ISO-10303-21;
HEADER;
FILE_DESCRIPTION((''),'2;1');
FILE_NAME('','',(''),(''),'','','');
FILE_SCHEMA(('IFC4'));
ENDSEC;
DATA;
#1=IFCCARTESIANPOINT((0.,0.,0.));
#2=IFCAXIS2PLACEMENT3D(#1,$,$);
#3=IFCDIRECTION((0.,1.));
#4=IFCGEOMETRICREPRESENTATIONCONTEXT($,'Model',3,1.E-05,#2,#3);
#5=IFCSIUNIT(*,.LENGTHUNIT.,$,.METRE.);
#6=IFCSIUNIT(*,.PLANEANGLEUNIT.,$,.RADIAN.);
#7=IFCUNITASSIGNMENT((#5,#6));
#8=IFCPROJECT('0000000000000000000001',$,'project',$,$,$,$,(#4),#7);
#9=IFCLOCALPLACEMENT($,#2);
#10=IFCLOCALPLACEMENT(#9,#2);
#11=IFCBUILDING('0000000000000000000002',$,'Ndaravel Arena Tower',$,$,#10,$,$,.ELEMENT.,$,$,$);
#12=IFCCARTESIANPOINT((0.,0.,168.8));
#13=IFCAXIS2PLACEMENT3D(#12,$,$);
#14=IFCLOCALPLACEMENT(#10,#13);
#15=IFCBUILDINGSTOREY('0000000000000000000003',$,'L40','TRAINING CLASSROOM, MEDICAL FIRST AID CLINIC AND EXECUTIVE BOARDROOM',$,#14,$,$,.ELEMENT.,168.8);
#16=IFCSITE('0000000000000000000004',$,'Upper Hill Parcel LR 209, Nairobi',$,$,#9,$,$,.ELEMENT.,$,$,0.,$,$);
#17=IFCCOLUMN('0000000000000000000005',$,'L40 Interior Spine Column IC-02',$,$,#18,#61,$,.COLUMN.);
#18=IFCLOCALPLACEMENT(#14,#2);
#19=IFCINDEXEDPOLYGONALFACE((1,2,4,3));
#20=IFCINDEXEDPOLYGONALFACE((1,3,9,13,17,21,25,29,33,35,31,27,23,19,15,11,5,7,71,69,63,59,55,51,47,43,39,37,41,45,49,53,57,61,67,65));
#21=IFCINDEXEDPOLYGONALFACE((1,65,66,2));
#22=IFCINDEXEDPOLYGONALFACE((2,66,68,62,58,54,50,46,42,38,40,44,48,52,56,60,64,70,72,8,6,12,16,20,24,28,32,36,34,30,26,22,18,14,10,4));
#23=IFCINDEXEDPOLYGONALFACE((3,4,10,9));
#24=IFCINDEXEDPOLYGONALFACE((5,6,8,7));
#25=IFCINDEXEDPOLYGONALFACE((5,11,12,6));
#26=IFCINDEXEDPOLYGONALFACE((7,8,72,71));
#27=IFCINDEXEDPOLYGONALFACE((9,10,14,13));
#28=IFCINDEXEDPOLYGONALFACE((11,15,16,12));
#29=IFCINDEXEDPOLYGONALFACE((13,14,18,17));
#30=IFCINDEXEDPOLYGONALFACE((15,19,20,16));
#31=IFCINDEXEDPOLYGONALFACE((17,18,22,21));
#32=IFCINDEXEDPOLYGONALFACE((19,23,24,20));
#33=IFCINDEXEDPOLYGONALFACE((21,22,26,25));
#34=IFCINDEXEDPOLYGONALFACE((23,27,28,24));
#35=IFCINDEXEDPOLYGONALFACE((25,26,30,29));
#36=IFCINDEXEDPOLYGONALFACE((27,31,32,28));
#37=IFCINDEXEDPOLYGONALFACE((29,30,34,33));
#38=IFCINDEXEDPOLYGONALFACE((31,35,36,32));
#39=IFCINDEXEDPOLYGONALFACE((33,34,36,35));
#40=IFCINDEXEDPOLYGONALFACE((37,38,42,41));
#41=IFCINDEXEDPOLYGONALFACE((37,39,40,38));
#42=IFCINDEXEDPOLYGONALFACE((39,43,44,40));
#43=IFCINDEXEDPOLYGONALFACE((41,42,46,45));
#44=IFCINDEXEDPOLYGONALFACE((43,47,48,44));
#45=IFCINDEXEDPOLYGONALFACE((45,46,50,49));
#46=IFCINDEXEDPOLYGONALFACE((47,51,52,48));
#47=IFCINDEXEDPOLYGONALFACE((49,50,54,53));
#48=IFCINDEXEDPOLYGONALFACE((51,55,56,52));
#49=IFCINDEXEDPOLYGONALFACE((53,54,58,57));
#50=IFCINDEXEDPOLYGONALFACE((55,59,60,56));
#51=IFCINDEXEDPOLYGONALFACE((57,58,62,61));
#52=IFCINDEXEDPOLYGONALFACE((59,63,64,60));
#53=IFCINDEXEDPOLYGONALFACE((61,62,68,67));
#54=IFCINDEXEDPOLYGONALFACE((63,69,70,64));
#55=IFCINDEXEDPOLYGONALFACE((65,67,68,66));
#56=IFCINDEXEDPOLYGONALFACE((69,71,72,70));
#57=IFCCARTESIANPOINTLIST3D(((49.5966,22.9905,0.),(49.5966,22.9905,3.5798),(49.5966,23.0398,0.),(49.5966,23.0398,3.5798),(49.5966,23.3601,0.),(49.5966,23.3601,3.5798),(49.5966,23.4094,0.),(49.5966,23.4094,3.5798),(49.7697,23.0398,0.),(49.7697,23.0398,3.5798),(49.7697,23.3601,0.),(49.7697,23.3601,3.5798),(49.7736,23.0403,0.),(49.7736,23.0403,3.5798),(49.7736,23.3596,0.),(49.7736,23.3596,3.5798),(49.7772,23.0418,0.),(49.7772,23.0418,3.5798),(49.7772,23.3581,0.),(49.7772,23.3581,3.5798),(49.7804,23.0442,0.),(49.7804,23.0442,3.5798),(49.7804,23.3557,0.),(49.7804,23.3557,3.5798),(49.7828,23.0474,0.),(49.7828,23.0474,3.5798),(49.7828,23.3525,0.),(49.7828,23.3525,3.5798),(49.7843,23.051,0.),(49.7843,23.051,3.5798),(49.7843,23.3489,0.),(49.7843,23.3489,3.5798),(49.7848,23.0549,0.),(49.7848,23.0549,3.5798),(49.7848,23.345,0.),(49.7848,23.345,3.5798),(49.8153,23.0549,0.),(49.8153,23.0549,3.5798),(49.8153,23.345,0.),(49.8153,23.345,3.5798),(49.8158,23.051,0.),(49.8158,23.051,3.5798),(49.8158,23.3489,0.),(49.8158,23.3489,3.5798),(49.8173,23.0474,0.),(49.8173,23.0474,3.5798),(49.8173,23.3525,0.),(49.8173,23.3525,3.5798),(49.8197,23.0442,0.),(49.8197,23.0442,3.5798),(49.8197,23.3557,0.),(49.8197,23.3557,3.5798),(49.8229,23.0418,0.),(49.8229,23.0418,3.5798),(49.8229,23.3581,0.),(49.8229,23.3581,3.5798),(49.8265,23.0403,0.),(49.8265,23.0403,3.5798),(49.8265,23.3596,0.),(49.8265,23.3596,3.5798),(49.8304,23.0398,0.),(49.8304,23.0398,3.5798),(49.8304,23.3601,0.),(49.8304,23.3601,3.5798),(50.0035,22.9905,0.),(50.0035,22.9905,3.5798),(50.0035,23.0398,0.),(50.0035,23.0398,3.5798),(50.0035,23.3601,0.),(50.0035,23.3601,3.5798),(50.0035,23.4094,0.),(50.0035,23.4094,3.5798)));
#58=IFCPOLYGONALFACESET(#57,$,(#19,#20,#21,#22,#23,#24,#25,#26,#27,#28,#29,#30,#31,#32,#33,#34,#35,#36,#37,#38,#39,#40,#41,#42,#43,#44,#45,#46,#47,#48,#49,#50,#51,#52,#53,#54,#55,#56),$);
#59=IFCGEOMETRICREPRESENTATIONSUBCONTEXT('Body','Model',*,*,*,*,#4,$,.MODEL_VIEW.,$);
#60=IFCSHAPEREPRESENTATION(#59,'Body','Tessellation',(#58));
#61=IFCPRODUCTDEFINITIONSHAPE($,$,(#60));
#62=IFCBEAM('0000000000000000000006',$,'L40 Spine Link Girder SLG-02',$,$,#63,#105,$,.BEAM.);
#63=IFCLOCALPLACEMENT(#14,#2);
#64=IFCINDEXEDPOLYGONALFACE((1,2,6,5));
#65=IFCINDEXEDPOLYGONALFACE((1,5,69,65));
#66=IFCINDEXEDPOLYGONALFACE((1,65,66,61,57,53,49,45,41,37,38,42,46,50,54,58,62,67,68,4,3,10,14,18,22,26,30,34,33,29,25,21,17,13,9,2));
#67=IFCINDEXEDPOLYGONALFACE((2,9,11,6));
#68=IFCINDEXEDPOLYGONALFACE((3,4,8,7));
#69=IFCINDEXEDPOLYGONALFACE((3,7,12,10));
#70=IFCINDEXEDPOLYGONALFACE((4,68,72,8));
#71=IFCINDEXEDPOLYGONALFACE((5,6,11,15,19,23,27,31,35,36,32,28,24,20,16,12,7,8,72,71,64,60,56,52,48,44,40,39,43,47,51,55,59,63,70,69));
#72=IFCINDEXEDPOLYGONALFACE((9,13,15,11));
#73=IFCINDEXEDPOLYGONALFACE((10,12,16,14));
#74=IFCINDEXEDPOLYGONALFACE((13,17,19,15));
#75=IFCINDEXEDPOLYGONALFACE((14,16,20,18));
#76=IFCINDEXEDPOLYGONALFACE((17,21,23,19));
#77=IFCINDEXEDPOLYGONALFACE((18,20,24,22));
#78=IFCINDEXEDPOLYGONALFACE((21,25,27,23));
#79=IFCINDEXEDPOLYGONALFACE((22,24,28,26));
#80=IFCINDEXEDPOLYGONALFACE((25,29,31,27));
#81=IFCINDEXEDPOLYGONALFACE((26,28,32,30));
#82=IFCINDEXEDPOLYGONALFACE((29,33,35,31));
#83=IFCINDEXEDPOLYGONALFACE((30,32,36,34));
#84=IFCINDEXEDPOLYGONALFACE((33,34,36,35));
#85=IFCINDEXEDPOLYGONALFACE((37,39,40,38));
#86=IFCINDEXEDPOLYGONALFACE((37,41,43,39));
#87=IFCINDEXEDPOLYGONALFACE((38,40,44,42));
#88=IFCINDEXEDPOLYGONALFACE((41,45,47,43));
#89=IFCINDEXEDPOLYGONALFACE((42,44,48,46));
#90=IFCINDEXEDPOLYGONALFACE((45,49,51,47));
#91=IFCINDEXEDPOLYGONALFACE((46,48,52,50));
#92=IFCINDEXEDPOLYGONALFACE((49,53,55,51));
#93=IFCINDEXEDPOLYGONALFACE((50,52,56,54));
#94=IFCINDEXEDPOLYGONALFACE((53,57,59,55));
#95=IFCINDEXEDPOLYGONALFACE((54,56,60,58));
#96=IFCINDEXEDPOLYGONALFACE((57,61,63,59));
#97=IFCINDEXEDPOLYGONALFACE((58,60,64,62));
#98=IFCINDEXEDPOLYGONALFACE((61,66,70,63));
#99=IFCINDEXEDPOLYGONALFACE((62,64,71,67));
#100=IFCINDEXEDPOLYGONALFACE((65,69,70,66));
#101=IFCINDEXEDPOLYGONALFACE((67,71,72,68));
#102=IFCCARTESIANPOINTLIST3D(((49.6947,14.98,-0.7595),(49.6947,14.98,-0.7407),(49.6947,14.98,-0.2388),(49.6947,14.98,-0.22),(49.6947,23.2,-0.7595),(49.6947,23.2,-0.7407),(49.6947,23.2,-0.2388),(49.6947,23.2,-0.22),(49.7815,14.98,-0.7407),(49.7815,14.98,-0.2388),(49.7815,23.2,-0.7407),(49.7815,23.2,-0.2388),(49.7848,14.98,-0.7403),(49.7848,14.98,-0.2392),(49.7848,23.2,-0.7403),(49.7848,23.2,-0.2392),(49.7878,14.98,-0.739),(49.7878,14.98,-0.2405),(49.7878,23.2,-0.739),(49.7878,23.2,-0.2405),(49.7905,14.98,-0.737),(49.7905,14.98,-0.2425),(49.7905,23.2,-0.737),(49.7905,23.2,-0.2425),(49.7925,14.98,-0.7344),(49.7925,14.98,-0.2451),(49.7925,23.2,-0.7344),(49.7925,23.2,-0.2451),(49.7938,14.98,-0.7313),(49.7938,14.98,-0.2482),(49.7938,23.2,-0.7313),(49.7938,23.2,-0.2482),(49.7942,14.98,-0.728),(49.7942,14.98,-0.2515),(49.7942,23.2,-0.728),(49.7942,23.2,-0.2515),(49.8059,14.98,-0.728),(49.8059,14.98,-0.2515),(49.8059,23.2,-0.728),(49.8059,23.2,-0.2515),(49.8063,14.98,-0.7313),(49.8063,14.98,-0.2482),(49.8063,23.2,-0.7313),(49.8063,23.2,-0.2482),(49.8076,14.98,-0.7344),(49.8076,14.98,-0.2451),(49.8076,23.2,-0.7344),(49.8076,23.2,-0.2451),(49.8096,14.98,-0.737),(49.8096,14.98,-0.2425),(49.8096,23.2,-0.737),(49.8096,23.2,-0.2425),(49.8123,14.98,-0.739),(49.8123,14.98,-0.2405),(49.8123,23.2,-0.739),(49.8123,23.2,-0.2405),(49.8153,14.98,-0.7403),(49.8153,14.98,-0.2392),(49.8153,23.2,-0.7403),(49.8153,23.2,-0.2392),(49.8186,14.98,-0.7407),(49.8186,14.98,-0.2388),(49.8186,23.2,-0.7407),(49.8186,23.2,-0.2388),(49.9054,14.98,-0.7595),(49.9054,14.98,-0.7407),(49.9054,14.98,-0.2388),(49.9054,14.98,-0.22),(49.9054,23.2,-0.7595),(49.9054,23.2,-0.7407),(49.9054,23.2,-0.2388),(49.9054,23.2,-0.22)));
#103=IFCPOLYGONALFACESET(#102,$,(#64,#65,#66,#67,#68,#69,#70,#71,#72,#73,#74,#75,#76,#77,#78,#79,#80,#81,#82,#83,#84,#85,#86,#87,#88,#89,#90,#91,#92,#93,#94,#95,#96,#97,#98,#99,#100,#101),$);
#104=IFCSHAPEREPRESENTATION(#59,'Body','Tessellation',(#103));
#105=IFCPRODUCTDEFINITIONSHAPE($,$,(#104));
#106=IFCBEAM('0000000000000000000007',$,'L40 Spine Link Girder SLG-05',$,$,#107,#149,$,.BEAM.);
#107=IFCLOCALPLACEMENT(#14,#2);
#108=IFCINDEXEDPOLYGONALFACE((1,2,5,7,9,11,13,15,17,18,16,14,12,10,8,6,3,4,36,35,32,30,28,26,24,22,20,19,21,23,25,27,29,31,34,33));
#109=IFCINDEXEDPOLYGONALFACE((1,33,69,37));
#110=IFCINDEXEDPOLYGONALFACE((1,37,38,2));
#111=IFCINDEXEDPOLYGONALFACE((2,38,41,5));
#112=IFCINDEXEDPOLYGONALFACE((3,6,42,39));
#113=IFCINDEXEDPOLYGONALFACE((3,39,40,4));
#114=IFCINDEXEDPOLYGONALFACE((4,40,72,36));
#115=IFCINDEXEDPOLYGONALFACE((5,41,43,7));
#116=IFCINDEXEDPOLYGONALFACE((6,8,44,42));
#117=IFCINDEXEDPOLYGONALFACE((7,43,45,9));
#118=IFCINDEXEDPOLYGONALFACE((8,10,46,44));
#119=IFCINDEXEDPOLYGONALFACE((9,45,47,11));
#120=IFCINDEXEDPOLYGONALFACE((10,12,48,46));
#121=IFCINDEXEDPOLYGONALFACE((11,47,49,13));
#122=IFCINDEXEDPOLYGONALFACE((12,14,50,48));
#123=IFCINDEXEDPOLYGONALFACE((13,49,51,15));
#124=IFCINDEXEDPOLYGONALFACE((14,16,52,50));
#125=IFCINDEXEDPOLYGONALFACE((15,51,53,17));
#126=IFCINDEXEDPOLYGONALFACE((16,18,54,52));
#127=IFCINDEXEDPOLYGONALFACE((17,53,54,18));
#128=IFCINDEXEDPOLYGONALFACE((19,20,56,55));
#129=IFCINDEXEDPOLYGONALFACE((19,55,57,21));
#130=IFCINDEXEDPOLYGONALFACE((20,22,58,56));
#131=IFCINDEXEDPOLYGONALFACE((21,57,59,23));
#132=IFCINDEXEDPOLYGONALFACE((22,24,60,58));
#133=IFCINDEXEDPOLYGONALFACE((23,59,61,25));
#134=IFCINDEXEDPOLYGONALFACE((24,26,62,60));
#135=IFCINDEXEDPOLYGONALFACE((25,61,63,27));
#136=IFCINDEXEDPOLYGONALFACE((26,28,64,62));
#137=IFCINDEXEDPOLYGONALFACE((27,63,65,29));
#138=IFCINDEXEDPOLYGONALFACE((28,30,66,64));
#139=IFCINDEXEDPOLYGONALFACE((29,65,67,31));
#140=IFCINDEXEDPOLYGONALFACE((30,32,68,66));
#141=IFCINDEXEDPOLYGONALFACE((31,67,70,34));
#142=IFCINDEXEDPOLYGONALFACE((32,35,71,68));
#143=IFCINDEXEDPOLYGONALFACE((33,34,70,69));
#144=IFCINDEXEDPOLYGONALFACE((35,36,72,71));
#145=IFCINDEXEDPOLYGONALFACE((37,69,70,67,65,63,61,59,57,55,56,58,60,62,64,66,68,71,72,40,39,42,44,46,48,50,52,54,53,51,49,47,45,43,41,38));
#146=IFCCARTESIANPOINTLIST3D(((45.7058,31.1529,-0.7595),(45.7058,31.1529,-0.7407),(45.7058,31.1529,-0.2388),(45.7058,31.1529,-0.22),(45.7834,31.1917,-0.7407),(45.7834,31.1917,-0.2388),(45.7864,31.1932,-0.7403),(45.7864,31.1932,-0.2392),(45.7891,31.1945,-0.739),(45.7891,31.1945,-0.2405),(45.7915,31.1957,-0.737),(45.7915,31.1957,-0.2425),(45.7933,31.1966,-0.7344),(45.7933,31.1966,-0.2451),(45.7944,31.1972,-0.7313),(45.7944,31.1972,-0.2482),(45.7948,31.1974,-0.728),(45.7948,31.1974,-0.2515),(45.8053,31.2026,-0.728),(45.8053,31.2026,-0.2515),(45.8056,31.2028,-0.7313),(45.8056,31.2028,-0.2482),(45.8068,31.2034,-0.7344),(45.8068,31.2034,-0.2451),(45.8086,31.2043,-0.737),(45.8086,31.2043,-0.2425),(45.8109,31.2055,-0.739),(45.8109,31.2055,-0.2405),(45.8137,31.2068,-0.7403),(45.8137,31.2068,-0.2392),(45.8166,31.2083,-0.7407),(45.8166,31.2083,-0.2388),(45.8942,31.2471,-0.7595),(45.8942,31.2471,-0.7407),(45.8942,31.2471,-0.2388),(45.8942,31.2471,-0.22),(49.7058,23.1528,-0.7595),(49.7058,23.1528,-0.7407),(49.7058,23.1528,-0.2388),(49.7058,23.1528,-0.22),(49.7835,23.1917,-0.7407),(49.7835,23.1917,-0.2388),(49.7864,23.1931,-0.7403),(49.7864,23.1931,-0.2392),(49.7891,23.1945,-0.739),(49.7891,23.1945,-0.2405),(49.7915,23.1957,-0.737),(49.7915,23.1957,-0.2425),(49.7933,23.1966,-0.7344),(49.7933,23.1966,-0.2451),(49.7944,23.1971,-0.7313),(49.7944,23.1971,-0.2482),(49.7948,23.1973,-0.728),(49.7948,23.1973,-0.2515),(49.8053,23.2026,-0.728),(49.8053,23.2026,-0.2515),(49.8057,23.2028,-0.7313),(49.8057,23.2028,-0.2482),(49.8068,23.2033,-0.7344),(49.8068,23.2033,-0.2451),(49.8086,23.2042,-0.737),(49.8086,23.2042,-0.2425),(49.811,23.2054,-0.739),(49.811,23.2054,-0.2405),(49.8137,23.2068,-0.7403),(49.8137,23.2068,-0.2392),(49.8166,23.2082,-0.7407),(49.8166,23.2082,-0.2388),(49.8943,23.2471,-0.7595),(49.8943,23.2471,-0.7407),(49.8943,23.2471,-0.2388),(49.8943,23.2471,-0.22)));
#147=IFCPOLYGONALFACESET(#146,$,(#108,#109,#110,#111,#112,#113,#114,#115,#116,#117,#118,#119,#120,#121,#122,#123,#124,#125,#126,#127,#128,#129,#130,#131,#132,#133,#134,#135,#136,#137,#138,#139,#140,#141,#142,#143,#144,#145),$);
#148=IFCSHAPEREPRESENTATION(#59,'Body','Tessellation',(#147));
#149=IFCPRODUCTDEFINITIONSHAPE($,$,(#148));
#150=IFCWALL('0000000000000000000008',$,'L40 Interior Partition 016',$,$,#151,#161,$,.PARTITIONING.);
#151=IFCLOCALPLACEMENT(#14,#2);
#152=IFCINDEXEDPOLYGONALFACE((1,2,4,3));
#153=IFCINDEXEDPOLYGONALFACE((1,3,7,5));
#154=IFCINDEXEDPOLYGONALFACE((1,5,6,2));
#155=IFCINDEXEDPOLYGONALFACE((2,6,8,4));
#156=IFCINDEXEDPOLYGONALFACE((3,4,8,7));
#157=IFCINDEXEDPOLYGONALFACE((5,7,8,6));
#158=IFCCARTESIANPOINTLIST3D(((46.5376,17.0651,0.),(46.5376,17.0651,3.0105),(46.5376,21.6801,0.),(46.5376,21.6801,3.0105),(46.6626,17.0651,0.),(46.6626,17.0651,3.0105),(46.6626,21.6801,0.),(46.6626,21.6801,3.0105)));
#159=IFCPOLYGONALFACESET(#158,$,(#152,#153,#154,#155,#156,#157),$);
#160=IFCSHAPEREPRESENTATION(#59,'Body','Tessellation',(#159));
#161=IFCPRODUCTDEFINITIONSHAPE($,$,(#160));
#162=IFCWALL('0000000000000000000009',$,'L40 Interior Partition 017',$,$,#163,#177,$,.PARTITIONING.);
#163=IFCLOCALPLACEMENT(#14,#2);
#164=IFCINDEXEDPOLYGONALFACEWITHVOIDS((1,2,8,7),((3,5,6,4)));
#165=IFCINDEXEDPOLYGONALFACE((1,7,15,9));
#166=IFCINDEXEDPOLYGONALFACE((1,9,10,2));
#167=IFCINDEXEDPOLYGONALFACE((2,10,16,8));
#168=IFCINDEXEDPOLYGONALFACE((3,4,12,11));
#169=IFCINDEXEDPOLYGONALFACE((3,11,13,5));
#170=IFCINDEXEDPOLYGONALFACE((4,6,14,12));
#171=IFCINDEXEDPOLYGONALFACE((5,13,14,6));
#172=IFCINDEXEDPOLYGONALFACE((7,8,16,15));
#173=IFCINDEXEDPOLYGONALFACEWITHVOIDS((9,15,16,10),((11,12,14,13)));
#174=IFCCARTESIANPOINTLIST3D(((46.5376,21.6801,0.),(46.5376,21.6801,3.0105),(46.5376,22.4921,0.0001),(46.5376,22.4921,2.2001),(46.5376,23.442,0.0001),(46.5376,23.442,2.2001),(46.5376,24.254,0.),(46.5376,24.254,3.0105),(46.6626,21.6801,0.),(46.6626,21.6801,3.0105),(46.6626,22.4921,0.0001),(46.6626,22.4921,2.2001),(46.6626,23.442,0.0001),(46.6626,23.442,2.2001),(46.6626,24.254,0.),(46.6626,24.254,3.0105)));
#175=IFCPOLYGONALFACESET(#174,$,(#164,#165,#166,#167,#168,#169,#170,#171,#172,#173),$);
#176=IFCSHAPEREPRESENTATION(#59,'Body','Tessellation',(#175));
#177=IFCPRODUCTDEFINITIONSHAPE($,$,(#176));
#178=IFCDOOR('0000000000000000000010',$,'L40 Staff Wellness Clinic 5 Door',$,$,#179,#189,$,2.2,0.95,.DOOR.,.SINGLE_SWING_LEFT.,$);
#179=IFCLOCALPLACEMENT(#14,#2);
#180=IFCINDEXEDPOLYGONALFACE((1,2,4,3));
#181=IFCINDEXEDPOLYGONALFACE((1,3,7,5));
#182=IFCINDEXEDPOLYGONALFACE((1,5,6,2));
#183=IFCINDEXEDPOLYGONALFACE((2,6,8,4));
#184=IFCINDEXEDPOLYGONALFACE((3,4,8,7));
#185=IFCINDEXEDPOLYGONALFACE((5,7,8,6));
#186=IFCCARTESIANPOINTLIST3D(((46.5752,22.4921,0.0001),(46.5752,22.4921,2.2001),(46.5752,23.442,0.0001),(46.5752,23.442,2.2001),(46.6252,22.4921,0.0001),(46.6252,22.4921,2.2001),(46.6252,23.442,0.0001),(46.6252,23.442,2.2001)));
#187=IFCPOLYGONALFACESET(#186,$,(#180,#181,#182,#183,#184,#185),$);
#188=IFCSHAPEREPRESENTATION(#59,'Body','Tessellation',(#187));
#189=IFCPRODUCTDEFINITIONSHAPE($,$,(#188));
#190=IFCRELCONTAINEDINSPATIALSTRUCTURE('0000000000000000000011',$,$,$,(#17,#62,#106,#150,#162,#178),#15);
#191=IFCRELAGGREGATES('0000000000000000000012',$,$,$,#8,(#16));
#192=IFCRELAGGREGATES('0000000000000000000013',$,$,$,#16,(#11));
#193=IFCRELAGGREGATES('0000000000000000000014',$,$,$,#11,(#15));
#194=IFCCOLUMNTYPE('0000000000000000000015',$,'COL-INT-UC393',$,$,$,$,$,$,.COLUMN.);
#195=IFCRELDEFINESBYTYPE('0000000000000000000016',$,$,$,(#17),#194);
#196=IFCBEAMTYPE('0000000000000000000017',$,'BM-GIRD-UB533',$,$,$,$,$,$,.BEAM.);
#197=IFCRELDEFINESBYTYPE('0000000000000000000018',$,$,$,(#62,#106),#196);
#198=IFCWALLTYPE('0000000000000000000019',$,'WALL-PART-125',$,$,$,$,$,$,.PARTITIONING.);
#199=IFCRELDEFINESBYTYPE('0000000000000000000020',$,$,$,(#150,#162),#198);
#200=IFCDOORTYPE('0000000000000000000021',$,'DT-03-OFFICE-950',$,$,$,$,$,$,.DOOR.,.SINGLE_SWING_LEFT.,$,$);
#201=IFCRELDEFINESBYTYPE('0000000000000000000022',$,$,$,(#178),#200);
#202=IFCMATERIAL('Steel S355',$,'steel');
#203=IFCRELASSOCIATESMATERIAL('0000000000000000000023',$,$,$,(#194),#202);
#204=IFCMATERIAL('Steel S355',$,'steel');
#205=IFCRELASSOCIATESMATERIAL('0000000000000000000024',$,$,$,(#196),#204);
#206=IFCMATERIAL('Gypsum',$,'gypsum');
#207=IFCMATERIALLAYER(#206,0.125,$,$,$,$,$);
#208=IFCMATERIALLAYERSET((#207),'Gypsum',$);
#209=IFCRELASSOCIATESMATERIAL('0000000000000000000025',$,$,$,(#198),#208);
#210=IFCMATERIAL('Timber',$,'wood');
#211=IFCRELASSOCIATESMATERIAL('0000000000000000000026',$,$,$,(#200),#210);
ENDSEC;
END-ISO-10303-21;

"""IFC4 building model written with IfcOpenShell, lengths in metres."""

from ifc_helpers import new_model, si_unit, direction, frame, frame_2d, origin, origin_2d, place, context, subcontext, project, spatial, rectangle, i_section, extrude, material, layer, layer_set, material_profile, profile_set, type_object, element, fill, save


model = new_model("IFC4")

# Units and contexts
model_context = context("Model", 3, precision=1e-05, world=origin(), true_north=direction((0.0, 1.0)))
body_context = subcontext(model_context, "Body", "Model", "MODEL_VIEW")
ifc_project = project(units=[si_unit("LENGTHUNIT", "METRE"), si_unit("PLANEANGLEUNIT", "RADIAN")], contexts=[model_context])

# Site, building, storey
site_placement = place(None, origin())
site = spatial("IfcSite", under=ifc_project, at=site_placement, Name="Upper Hill Parcel LR 209, Nairobi", CompositionType="ELEMENT", RefElevation=0.0)
building_placement = place(site_placement, origin())
building = spatial("IfcBuilding", under=site, at=building_placement, Name="Ndaravel Arena Tower", CompositionType="ELEMENT")
storey_placement = place(building_placement, frame((0.0, 0.0, 168.8)))
storey = spatial("IfcBuildingStorey", under=building, at=storey_placement, Name="L40", Description="TRAINING CLASSROOM, MEDICAL FIRST AID CLINIC AND EXECUTIVE BOARDROOM", CompositionType="ELEMENT", Elevation=168.8)

# Column
ifc_material_1 = material(Name="Steel S355", Category="steel")
ifc_material_profile_1 = material_profile(ifc_material_1, i_section(OverallWidth=0.407, OverallDepth=0.4189, WebThickness=0.0305, FlangeThickness=0.0493, FilletRadius=0.0151, at=origin_2d()), Name="UC 356x406x393")
ifc_profile_set_1 = profile_set([ifc_material_profile_1], Name="Steel S355")
column_type = type_object("IfcColumnType", Name="COL-INT-UC393", PredefinedType="COLUMN", material=ifc_profile_set_1)
column_placement = place(storey_placement, frame((49.8, 23.2, 0.0), z_axis=(0.0, 0.0, 1.0), x_axis=(1.0, 0.0, 0.0)))
element("IfcColumn", 1, at=column_placement, inside=storey, type_object=column_type, Name="L40 Interior Spine Column IC-02", PredefinedType="COLUMN", context=body_context, shape_type="SweptSolid", body=[
    extrude(i_section(OverallWidth=0.407, OverallDepth=0.4189, WebThickness=0.0305, FlangeThickness=0.0493, FilletRadius=0.0151, at=origin_2d()), origin(), (0.0, 0.0, 1.0), 3.5798),
])

# Beams
ifc_material_2 = material(Name="Steel S355", Category="steel")
ifc_material_profile_2 = material_profile(ifc_material_2, i_section(OverallWidth=0.2107, OverallDepth=0.5396, WebThickness=0.0117, FlangeThickness=0.0188, FilletRadius=0.0127, at=origin_2d()), Name="UB 533x210x109")
ifc_profile_set_2 = profile_set([ifc_material_profile_2], Name="Steel S355")
beam_type = type_object("IfcBeamType", Name="BM-GIRD-UB533", PredefinedType="BEAM", material=ifc_profile_set_2)
beam_1_placement = place(storey_placement, frame((49.8, 14.98, -0.4897), z_axis=(0.0, 1.0, 0.0), x_axis=(-1.0, 0.0, 0.0)))
element("IfcBeam", 2, at=beam_1_placement, inside=storey, type_object=beam_type, Name="L40 Spine Link Girder SLG-02", PredefinedType="BEAM", context=body_context, shape_type="SweptSolid", body=[
    extrude(i_section(OverallWidth=0.2107, OverallDepth=0.5396, WebThickness=0.0117, FlangeThickness=0.0188, FilletRadius=0.0127, at=origin_2d()), origin(), (0.0, 0.0, 1.0), 8.22),
])
beam_2_placement = place(storey_placement, frame((49.8, 23.2, -0.4897), z_axis=(-0.447214, 0.894427, 0.0), x_axis=(-0.894427, -0.447214, 0.0)))
element("IfcBeam", 3, at=beam_2_placement, inside=storey, type_object=beam_type, Name="L40 Spine Link Girder SLG-05", PredefinedType="BEAM", context=body_context, shape_type="SweptSolid", body=[
    extrude(i_section(OverallWidth=0.2107, OverallDepth=0.5396, WebThickness=0.0117, FlangeThickness=0.0188, FilletRadius=0.0127, at=origin_2d()), origin(), (0.0, 0.0, 1.0), 8.9443),
])

# Wall
ifc_material_3 = material(Name="Gypsum", Category="gypsum")
ifc_layer_1 = layer(ifc_material_3, 0.125)
ifc_layer_set_1 = layer_set([ifc_layer_1], Name="Gypsum")
wall_type_1 = type_object("IfcWallType", Name="WALL-PART-125", PredefinedType="PARTITIONING", material=ifc_layer_set_1)
wall_1_placement = place(storey_placement, frame((46.6001, 17.0649, 0.0), z_axis=(0.0, 0.0, 1.0), x_axis=(0.0, 1.0, 0.0)))
element("IfcWall", 4, at=wall_1_placement, inside=storey, type_object=wall_type_1, Name="L40 Interior Partition 016", PredefinedType="PARTITIONING", context=body_context, shape_type="SweptSolid", body=[
    extrude(rectangle(XDim=4.615, YDim=0.125, at=frame_2d((2.3076, 0.0))), origin(), (0.0, 0.0, 1.0), 3.0105),
])

# Wall, opening, door
wall_2_placement = place(storey_placement, frame((46.6001, 21.6799, 0.0), z_axis=(0.0, 0.0, 1.0), x_axis=(0.0, 1.0, 0.0)))
wall_2 = element("IfcWall", 5, at=wall_2_placement, inside=storey, type_object=wall_type_1, Name="L40 Interior Partition 017", PredefinedType="PARTITIONING", context=body_context, shape_type="SweptSolid", body=[
    extrude(rectangle(XDim=2.574, YDim=0.125, at=frame_2d((1.2871, 0.0))), origin(), (0.0, 0.0, 1.0), 3.0105),
])
opening_1_placement = place(wall_2_placement, frame((0.812, 0.0, 0.0)))
opening_1 = element("IfcOpeningElement", 6, at=opening_1_placement, cuts=wall_2, PredefinedType="OPENING", context=body_context, shape_type="SweptSolid", body=[
    extrude(rectangle(XDim=0.95, YDim=2.2, at=frame_2d((0.4751, 1.1001))), frame((0.0, 0.0625, 0.0), z_axis=(0.0, -1.0, 0.0), x_axis=(1.0, 0.0, 0.0)), (0.0, 0.0, 1.0), 0.125),
])
ifc_material_4 = material(Name="Timber", Category="wood")
door_type = type_object("IfcDoorType", Name="DT-03-OFFICE-950", OperationType="SINGLE_SWING_LEFT", PredefinedType="DOOR", material=ifc_material_4)
door_1_placement = place(opening_1_placement, origin())
door_1 = element("IfcDoor", 7, at=door_1_placement, inside=storey, type_object=door_type, Name="L40 Staff Wellness Clinic 5 Door", OperationType="SINGLE_SWING_LEFT", OverallHeight=2.2, OverallWidth=0.95, PredefinedType="DOOR", context=body_context, shape_type="SweptSolid", body=[
    extrude(rectangle(XDim=0.95, YDim=2.2, at=frame_2d((0.4751, 1.1001))), frame((0.0, 0.0249, 0.0), z_axis=(0.0, -1.0, 0.0), x_axis=(1.0, 0.0, 0.0)), (0.0, 0.0, 1.0), 0.05),
])
fill(opening_1, door_1)

save(model, "model.ifc")
